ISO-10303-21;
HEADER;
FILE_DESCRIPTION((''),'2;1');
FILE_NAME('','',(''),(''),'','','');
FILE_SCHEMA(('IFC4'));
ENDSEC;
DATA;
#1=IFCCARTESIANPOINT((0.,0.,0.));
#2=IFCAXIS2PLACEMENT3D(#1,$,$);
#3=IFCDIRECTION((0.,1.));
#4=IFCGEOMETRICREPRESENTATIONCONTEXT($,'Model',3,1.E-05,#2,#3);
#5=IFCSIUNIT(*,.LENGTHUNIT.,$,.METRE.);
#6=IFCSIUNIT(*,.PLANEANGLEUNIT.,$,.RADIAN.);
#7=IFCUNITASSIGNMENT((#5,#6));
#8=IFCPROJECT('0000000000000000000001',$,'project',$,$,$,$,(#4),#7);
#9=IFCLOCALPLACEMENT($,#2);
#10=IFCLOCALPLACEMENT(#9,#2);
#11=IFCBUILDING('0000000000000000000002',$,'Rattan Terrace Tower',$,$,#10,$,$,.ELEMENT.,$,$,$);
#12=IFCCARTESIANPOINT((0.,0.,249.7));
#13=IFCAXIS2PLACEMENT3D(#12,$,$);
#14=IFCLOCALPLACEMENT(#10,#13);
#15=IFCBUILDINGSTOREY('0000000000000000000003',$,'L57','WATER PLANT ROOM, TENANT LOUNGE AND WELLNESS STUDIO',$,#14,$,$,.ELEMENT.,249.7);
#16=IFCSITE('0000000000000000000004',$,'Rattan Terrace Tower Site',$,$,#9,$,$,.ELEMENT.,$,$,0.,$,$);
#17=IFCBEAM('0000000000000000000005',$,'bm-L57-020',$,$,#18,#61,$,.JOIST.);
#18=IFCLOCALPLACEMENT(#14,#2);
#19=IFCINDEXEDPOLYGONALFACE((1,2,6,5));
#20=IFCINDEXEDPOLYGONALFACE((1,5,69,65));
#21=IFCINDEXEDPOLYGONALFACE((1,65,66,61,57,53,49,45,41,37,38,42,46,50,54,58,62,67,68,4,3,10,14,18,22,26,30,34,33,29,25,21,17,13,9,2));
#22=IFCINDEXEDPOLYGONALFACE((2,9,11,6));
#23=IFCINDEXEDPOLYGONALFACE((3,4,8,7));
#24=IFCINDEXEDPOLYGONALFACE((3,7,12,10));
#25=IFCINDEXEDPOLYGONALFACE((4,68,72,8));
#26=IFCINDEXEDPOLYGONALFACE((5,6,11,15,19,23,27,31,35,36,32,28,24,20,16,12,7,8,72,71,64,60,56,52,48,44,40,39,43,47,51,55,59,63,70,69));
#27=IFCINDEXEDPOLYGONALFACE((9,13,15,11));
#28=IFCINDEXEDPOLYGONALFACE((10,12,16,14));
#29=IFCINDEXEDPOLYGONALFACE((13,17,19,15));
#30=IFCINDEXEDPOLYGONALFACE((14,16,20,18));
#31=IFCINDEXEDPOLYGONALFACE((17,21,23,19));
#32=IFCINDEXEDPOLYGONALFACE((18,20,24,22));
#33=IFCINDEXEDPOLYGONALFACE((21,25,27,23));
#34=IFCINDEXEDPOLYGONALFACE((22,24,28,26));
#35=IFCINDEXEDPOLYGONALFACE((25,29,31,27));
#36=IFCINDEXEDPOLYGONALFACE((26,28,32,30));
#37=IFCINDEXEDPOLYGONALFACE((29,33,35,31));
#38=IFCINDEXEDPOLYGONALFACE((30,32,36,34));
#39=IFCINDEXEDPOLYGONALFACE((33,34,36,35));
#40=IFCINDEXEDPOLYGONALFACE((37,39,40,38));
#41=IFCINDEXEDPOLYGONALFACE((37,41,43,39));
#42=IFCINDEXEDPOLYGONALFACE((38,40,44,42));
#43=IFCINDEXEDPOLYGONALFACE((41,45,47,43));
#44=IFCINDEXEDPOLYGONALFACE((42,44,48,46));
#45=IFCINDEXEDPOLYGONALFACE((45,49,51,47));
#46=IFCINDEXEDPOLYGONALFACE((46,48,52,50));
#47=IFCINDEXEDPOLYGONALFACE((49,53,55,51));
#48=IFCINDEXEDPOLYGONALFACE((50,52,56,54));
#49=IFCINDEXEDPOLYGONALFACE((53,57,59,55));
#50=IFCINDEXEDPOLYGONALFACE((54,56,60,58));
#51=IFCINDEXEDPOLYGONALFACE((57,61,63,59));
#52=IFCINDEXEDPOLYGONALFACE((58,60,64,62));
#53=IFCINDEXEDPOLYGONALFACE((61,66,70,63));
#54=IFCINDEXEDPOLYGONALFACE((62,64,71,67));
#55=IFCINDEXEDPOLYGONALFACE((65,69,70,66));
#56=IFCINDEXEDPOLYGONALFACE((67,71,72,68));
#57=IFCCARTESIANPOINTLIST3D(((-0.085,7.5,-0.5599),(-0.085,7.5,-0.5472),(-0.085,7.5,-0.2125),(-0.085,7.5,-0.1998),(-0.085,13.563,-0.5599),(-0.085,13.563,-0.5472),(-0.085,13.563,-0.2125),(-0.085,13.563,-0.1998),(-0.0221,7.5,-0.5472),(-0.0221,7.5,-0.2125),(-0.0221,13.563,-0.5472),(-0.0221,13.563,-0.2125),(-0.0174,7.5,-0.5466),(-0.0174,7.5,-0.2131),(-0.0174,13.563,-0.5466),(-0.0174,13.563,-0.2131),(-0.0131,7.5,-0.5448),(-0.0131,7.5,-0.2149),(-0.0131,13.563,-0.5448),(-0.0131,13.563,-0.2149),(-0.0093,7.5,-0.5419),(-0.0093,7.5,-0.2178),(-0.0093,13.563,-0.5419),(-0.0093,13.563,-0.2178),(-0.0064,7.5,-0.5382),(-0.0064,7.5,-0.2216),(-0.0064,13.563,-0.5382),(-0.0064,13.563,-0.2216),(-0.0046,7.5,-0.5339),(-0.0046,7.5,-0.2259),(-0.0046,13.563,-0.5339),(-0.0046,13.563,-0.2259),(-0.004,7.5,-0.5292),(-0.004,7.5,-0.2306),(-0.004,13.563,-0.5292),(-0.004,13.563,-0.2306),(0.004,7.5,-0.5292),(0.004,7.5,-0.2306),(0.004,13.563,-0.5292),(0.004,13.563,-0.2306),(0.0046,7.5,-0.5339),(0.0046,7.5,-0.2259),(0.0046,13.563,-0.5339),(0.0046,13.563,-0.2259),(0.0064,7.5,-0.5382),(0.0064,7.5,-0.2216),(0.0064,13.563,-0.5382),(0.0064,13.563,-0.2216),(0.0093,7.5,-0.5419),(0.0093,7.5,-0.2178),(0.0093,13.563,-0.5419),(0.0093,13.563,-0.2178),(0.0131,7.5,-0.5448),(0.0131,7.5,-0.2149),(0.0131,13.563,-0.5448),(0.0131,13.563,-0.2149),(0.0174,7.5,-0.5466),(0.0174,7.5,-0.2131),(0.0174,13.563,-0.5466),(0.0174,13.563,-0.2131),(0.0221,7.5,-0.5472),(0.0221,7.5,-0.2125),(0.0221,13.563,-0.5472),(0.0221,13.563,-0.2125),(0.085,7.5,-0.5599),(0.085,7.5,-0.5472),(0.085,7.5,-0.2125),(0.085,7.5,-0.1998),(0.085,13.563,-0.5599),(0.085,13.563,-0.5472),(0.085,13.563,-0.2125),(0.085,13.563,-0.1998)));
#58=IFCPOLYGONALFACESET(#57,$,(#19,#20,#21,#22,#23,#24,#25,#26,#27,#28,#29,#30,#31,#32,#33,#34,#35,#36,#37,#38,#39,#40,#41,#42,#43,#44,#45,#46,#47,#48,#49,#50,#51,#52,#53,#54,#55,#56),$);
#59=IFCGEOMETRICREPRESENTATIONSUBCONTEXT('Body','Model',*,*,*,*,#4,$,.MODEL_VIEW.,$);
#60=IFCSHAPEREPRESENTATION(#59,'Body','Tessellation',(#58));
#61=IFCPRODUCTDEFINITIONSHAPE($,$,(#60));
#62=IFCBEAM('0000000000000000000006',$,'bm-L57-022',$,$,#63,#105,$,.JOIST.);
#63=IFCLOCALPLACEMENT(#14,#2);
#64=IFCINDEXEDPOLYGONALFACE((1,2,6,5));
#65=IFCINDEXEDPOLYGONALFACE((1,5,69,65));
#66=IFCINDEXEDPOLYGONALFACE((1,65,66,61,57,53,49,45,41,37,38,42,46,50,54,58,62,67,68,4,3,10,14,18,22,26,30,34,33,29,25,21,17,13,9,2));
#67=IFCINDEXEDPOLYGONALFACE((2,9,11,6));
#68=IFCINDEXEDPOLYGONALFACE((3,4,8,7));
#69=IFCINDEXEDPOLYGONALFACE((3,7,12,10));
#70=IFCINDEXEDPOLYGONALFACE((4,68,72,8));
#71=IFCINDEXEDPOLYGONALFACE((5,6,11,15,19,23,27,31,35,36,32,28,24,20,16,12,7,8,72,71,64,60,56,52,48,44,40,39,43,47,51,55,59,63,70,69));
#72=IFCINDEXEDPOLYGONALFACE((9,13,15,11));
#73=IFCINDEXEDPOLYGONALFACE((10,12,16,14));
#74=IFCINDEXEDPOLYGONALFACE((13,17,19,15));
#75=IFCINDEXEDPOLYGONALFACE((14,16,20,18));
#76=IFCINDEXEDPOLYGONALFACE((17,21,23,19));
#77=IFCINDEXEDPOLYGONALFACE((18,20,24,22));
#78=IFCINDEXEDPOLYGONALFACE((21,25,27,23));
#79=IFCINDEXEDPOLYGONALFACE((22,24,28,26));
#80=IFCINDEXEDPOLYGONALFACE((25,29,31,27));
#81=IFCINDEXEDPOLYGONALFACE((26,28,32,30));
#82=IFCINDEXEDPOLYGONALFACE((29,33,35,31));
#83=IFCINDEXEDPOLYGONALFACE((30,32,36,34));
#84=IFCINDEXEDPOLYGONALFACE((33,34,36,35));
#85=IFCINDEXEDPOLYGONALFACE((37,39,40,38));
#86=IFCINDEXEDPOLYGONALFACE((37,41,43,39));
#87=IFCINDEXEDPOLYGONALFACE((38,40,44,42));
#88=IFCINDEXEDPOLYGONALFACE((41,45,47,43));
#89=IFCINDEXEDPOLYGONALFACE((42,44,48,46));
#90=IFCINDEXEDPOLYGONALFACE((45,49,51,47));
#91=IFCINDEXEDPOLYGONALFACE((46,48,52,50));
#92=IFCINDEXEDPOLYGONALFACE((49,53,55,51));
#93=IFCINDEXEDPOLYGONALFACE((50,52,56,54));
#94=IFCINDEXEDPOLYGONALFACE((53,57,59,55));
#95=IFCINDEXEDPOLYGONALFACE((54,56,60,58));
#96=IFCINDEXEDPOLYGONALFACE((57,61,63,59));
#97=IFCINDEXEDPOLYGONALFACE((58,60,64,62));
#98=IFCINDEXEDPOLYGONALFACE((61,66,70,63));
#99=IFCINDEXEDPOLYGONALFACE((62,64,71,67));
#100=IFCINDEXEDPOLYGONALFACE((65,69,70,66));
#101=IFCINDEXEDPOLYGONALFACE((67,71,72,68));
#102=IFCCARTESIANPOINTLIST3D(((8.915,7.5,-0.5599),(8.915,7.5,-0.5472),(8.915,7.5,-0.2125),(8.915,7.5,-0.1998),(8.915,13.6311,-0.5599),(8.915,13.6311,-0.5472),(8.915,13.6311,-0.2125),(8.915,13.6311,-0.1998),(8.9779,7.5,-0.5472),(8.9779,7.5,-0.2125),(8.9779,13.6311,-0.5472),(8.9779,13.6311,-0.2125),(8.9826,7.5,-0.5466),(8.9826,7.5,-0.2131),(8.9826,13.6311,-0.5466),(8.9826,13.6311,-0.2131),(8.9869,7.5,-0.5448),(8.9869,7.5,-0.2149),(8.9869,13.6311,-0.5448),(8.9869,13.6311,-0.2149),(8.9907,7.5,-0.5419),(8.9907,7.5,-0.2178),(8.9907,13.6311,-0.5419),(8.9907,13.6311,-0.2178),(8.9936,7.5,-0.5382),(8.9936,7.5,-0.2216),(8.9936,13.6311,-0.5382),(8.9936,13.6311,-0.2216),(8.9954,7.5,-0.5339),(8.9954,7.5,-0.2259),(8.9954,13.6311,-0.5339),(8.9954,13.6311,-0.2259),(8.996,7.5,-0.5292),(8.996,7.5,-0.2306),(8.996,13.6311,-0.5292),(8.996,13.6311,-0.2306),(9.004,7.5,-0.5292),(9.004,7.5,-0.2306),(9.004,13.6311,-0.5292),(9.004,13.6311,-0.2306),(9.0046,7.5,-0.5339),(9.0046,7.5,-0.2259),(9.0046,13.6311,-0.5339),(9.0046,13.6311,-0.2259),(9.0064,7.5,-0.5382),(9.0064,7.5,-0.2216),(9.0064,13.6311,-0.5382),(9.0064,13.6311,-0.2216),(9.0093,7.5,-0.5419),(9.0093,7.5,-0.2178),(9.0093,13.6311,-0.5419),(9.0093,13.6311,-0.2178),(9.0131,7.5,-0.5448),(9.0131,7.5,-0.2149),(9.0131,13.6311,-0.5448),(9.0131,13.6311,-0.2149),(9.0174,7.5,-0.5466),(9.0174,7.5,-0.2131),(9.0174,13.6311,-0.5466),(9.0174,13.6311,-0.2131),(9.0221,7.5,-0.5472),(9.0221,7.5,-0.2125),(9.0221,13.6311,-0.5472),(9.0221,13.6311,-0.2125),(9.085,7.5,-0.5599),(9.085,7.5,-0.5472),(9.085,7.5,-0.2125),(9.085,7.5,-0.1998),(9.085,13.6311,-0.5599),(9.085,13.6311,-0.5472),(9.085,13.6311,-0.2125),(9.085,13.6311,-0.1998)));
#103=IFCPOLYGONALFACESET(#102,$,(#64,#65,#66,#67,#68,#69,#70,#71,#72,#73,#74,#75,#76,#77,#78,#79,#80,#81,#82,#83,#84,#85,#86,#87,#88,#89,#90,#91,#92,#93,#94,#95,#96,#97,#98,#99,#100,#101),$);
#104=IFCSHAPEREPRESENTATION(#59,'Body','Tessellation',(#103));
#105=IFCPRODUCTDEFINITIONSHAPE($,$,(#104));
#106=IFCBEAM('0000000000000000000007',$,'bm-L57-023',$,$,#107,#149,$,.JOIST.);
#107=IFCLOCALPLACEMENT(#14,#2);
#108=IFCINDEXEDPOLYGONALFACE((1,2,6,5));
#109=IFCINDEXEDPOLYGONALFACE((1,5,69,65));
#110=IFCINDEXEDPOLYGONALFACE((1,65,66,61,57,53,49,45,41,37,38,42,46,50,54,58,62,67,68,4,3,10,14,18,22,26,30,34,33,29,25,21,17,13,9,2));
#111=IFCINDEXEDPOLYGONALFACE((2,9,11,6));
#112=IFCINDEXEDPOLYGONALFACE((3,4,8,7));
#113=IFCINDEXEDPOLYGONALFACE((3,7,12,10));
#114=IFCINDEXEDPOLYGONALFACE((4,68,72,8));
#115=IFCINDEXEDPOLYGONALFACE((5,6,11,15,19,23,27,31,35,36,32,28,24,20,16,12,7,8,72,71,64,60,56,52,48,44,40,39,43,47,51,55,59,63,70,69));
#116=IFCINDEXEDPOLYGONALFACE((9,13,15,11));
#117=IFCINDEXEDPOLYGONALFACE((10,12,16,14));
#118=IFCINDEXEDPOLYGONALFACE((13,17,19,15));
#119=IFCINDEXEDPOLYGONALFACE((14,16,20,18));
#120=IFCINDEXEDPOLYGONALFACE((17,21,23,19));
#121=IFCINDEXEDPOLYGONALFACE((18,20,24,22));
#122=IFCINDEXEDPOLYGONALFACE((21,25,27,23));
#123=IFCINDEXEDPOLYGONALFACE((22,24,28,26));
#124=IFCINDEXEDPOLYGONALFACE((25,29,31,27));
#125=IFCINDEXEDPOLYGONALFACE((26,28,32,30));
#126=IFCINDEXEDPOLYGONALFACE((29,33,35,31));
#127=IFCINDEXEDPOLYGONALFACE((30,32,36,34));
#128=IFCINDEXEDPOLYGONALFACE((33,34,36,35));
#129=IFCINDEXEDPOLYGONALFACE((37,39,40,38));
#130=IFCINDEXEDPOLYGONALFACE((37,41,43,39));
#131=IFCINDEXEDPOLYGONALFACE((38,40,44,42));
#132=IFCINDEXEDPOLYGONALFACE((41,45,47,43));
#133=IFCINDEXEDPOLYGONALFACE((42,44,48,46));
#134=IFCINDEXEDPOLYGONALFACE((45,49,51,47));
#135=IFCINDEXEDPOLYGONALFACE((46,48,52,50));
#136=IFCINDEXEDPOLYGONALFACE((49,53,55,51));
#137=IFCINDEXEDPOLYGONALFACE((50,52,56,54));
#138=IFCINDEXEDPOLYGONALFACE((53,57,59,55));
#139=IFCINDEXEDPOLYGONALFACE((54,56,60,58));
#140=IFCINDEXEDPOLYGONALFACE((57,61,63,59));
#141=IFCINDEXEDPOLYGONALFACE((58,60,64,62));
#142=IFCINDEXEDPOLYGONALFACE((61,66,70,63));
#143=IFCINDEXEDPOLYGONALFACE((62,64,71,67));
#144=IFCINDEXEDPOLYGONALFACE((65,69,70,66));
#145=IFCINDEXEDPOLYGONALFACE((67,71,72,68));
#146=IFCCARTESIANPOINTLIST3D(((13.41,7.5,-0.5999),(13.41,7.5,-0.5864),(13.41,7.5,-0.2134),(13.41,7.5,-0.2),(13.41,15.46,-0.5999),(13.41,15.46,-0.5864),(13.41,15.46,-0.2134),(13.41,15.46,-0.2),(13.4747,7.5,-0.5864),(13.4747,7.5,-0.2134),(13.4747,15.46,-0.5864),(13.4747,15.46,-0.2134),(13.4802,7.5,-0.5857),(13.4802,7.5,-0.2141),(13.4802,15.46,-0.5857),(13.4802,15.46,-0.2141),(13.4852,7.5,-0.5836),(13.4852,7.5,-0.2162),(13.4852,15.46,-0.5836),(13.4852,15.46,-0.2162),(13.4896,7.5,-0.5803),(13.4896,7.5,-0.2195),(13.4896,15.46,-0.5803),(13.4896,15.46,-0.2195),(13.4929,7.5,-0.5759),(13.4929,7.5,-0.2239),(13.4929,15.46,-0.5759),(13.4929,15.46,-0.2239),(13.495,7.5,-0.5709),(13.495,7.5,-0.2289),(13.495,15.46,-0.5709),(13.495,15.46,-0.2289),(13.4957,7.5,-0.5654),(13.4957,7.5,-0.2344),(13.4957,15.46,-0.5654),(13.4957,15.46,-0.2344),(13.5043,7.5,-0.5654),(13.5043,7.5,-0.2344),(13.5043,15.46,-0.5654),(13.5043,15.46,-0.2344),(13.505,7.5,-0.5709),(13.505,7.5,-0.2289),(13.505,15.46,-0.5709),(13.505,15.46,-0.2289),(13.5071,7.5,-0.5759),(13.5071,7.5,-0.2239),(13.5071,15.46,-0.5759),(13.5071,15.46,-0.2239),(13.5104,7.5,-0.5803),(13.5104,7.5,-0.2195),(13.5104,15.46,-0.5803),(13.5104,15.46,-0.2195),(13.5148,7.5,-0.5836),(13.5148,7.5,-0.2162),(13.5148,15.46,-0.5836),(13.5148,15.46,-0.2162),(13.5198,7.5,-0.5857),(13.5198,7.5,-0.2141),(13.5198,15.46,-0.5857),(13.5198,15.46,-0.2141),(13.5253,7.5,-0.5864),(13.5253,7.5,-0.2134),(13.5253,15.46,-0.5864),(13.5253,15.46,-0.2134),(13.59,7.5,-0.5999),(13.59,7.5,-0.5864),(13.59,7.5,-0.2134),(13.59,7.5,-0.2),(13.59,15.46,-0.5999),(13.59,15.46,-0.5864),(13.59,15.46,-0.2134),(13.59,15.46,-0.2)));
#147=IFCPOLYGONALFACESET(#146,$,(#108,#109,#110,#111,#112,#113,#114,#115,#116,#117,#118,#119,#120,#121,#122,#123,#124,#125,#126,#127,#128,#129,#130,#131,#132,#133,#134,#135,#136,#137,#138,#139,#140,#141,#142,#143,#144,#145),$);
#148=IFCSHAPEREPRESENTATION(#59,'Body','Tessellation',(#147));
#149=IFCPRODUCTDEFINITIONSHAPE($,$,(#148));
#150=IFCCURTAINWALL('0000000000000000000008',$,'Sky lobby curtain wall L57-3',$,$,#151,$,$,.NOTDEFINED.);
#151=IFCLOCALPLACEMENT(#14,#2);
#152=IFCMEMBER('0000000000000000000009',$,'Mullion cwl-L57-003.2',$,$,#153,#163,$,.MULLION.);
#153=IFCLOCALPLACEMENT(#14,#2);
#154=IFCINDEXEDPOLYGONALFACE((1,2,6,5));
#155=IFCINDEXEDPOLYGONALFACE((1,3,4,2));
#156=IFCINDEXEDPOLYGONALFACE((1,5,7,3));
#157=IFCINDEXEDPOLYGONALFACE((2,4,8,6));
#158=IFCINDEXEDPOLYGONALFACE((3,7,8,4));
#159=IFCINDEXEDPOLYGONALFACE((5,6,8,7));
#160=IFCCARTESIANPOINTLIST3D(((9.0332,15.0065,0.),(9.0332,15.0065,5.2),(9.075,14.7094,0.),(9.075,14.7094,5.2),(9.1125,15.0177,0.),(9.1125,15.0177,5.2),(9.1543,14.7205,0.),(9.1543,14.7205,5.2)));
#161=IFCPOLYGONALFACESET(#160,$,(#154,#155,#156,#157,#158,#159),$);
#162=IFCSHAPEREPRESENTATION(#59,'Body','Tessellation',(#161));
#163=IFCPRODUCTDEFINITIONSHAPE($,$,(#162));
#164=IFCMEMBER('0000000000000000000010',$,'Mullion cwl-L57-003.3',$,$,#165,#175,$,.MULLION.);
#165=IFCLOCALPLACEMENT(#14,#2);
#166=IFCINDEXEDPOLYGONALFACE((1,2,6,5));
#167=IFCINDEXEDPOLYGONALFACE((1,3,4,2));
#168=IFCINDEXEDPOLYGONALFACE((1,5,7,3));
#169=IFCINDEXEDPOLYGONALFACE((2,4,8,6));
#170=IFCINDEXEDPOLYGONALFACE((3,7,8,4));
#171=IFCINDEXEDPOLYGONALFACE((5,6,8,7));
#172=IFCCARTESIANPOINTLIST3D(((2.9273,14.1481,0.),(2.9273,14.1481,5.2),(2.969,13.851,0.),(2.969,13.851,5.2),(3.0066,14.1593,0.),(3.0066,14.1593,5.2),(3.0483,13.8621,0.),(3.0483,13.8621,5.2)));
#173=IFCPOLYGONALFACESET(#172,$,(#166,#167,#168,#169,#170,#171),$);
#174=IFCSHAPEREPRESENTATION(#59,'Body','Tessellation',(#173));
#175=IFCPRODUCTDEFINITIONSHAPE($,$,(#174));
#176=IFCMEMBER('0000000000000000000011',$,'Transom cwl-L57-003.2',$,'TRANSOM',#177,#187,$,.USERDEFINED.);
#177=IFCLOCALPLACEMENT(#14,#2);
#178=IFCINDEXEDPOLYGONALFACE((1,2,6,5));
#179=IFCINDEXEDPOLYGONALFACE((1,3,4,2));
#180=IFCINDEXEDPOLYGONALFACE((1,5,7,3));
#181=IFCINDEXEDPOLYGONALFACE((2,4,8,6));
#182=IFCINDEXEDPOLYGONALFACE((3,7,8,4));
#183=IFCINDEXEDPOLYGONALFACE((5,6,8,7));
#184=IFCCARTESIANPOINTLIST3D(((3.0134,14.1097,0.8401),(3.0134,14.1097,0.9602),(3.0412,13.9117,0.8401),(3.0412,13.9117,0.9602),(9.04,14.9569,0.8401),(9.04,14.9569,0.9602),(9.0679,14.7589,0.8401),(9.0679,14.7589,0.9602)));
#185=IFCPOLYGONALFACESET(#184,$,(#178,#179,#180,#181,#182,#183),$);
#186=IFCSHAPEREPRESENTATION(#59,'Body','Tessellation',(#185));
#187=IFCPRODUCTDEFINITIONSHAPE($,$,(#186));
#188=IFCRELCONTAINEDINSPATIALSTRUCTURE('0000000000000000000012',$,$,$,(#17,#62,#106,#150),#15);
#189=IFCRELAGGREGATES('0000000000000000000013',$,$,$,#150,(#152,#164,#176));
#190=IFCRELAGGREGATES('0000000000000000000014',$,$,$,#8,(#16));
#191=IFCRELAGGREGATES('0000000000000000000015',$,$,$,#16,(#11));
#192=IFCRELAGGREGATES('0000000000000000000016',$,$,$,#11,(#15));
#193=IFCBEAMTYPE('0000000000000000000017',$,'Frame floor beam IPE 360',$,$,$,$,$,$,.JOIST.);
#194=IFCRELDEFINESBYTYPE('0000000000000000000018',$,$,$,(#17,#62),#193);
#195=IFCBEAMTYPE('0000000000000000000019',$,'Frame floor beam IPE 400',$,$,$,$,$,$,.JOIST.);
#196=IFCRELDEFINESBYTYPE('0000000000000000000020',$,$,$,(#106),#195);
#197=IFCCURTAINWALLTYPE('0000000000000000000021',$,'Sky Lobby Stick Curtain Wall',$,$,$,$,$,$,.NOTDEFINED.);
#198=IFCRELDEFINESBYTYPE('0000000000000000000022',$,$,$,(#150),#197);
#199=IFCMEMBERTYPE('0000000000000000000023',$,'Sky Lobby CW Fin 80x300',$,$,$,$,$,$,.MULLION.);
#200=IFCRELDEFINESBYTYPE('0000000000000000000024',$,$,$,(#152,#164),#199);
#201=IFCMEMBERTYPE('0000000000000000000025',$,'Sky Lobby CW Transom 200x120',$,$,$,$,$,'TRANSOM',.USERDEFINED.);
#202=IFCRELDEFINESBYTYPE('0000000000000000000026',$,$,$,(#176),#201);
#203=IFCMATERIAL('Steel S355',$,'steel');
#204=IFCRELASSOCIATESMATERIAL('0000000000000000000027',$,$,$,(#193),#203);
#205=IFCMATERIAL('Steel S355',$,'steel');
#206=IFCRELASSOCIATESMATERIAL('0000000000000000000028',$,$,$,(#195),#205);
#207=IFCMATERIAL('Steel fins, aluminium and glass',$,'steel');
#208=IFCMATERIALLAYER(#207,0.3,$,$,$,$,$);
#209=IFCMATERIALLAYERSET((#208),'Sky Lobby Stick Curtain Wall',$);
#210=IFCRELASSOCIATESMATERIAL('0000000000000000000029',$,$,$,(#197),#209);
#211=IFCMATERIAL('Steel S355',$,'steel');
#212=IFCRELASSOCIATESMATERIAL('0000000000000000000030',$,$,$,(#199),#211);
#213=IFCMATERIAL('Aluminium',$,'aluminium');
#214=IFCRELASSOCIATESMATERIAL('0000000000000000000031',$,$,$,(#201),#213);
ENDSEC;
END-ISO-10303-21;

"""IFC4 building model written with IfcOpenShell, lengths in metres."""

from ifc_helpers import new_model, si_unit, direction, frame, origin, origin_2d, place, context, subcontext, project, spatial, rectangle, i_section, extrude, material, layer, layer_set, material_profile, profile_set, type_object, element, aggregate, save


model = new_model("IFC4")

# Units and contexts
model_context = context("Model", 3, precision=1e-05, world=origin(), true_north=direction((0.0, 1.0)))
body_context = subcontext(model_context, "Body", "Model", "MODEL_VIEW")
ifc_project = project(units=[si_unit("LENGTHUNIT", "METRE"), si_unit("PLANEANGLEUNIT", "RADIAN")], contexts=[model_context])

# Site, building, storey
site_placement = place(None, origin())
site = spatial("IfcSite", under=ifc_project, at=site_placement, Name="Rattan Terrace Tower Site", CompositionType="ELEMENT", RefElevation=0.0)
building_placement = place(site_placement, origin())
building = spatial("IfcBuilding", under=site, at=building_placement, Name="Rattan Terrace Tower", CompositionType="ELEMENT")
storey_placement = place(building_placement, frame((0.0, 0.0, 249.7)))
storey = spatial("IfcBuildingStorey", under=building, at=storey_placement, Name="L57", Description="WATER PLANT ROOM, TENANT LOUNGE AND WELLNESS STUDIO", CompositionType="ELEMENT", Elevation=249.7)

# Beams
ifc_material_1 = material(Name="Steel S355", Category="steel")
ifc_material_profile_1 = material_profile(ifc_material_1, i_section(OverallWidth=0.1699, OverallDepth=0.3601, WebThickness=0.0081, FlangeThickness=0.0127, FilletRadius=0.0181, at=origin_2d()), Name="IPE 360")
ifc_profile_set_1 = profile_set([ifc_material_profile_1], Name="Steel S355")
beam_type_1 = type_object("IfcBeamType", Name="Frame floor beam IPE 360", PredefinedType="JOIST", material=ifc_profile_set_1)
beam_1_placement = place(storey_placement, frame((0.0, 7.5, -0.3799), z_axis=(0.0, 1.0, 0.0), x_axis=(-1.0, 0.0, 0.0)))
element("IfcBeam", 1, at=beam_1_placement, inside=storey, type_object=beam_type_1, Name="bm-L57-020", PredefinedType="JOIST", context=body_context, shape_type="SweptSolid", body=[
    extrude(i_section(OverallWidth=0.1699, OverallDepth=0.3601, WebThickness=0.0081, FlangeThickness=0.0127, FilletRadius=0.0181, at=origin_2d()), origin(), (0.0, 0.0, 1.0), 6.063),
])
beam_2_placement = place(storey_placement, frame((9.0, 7.5, -0.3799), z_axis=(0.0, 1.0, 0.0), x_axis=(-1.0, 0.0, 0.0)))
element("IfcBeam", 2, at=beam_2_placement, inside=storey, type_object=beam_type_1, Name="bm-L57-022", PredefinedType="JOIST", context=body_context, shape_type="SweptSolid", body=[
    extrude(i_section(OverallWidth=0.1699, OverallDepth=0.3601, WebThickness=0.0081, FlangeThickness=0.0127, FilletRadius=0.0181, at=origin_2d()), origin(), (0.0, 0.0, 1.0), 6.1311),
])
ifc_material_2 = material(Name="Steel S355", Category="steel")
ifc_material_profile_2 = material_profile(ifc_material_2, i_section(OverallWidth=0.1799, OverallDepth=0.3999, WebThickness=0.0085, FlangeThickness=0.0134, FilletRadius=0.021, at=origin_2d()), Name="IPE 400")
ifc_profile_set_2 = profile_set([ifc_material_profile_2], Name="Steel S355")
beam_type_2 = type_object("IfcBeamType", Name="Frame floor beam IPE 400", PredefinedType="JOIST", material=ifc_profile_set_2)
beam_3_placement = place(storey_placement, frame((13.5, 7.5, -0.3999), z_axis=(0.0, 1.0, 0.0), x_axis=(-1.0, 0.0, 0.0)))
element("IfcBeam", 3, at=beam_3_placement, inside=storey, type_object=beam_type_2, Name="bm-L57-023", PredefinedType="JOIST", context=body_context, shape_type="SweptSolid", body=[
    extrude(i_section(OverallWidth=0.1799, OverallDepth=0.3999, WebThickness=0.0085, FlangeThickness=0.0134, FilletRadius=0.021, at=origin_2d()), origin(), (0.0, 0.0, 1.0), 7.96),
])

# Curtain wall, members
ifc_material_3 = material(Name="Steel fins, aluminium and glass", Category="steel")
ifc_layer_1 = layer(ifc_material_3, 0.3)
ifc_layer_set_1 = layer_set([ifc_layer_1], Name="Sky Lobby Stick Curtain Wall")
curtain_wall_type = type_object("IfcCurtainWallType", Name="Sky Lobby Stick Curtain Wall", PredefinedType="NOTDEFINED", material=ifc_layer_set_1)
curtain_wall_placement = place(storey_placement, origin())
curtain_wall = element("IfcCurtainWall", 4, at=curtain_wall_placement, inside=storey, type_object=curtain_wall_type, Name="Sky lobby curtain wall L57-3", PredefinedType="NOTDEFINED")
ifc_material_4 = material(Name="Steel S355", Category="steel")
ifc_material_profile_3 = material_profile(ifc_material_4, rectangle(XDim=0.0801, YDim=0.3, at=origin_2d()), Name="Steel S355 80x300")
ifc_profile_set_3 = profile_set([ifc_material_profile_3], Name="Steel S355")
member_type_1 = type_object("IfcMemberType", Name="Sky Lobby CW Fin 80x300", PredefinedType="MULLION", material=ifc_profile_set_3)
member_1_placement = place(storey_placement, frame((9.0938, 14.8635, 0.0), z_axis=(0.0, 0.0, 1.0), x_axis=(-0.990266, -0.139189, 0.0)))
member_1 = element("IfcMember", 5, at=member_1_placement, type_object=member_type_1, Name="Mullion cwl-L57-003.2", PredefinedType="MULLION", context=body_context, shape_type="SweptSolid", body=[
    extrude(rectangle(XDim=0.0801, YDim=0.3, at=origin_2d()), origin(), (0.0, 0.0, 1.0), 5.2),
])
member_2_placement = place(storey_placement, frame((2.9878, 14.0051, 0.0), z_axis=(0.0, 0.0, 1.0), x_axis=(-0.990266, -0.139189, 0.0)))
member_2 = element("IfcMember", 6, at=member_2_placement, type_object=member_type_1, Name="Mullion cwl-L57-003.3", PredefinedType="MULLION", context=body_context, shape_type="SweptSolid", body=[
    extrude(rectangle(XDim=0.0801, YDim=0.3, at=origin_2d()), origin(), (0.0, 0.0, 1.0), 5.2),
])
ifc_material_5 = material(Name="Aluminium", Category="aluminium")
ifc_material_profile_4 = material_profile(ifc_material_5, rectangle(XDim=0.2, YDim=0.1201, at=origin_2d()), Name="Aluminium 200x120")
ifc_profile_set_4 = profile_set([ifc_material_profile_4], Name="Aluminium")
member_type_2 = type_object("IfcMemberType", Name="Sky Lobby CW Transom 200x120", ElementType="TRANSOM", PredefinedType="USERDEFINED", material=ifc_profile_set_4)
member_3_placement = place(storey_placement, frame((9.054, 14.8579, 0.9001), z_axis=(-0.990264, -0.139203, 0.0), x_axis=(0.139203, -0.990264, 0.0)))
member_3 = element("IfcMember", 7, at=member_3_placement, type_object=member_type_2, Name="Transom cwl-L57-003.2", ObjectType="TRANSOM", PredefinedType="USERDEFINED", context=body_context, shape_type="SweptSolid", body=[
    extrude(rectangle(XDim=0.2, YDim=0.1201, at=origin_2d()), origin(), (0.0, 0.0, 1.0), 6.0859),
])
aggregate(curtain_wall, [member_1, member_2, member_3])

save(model, "model.ifc")
